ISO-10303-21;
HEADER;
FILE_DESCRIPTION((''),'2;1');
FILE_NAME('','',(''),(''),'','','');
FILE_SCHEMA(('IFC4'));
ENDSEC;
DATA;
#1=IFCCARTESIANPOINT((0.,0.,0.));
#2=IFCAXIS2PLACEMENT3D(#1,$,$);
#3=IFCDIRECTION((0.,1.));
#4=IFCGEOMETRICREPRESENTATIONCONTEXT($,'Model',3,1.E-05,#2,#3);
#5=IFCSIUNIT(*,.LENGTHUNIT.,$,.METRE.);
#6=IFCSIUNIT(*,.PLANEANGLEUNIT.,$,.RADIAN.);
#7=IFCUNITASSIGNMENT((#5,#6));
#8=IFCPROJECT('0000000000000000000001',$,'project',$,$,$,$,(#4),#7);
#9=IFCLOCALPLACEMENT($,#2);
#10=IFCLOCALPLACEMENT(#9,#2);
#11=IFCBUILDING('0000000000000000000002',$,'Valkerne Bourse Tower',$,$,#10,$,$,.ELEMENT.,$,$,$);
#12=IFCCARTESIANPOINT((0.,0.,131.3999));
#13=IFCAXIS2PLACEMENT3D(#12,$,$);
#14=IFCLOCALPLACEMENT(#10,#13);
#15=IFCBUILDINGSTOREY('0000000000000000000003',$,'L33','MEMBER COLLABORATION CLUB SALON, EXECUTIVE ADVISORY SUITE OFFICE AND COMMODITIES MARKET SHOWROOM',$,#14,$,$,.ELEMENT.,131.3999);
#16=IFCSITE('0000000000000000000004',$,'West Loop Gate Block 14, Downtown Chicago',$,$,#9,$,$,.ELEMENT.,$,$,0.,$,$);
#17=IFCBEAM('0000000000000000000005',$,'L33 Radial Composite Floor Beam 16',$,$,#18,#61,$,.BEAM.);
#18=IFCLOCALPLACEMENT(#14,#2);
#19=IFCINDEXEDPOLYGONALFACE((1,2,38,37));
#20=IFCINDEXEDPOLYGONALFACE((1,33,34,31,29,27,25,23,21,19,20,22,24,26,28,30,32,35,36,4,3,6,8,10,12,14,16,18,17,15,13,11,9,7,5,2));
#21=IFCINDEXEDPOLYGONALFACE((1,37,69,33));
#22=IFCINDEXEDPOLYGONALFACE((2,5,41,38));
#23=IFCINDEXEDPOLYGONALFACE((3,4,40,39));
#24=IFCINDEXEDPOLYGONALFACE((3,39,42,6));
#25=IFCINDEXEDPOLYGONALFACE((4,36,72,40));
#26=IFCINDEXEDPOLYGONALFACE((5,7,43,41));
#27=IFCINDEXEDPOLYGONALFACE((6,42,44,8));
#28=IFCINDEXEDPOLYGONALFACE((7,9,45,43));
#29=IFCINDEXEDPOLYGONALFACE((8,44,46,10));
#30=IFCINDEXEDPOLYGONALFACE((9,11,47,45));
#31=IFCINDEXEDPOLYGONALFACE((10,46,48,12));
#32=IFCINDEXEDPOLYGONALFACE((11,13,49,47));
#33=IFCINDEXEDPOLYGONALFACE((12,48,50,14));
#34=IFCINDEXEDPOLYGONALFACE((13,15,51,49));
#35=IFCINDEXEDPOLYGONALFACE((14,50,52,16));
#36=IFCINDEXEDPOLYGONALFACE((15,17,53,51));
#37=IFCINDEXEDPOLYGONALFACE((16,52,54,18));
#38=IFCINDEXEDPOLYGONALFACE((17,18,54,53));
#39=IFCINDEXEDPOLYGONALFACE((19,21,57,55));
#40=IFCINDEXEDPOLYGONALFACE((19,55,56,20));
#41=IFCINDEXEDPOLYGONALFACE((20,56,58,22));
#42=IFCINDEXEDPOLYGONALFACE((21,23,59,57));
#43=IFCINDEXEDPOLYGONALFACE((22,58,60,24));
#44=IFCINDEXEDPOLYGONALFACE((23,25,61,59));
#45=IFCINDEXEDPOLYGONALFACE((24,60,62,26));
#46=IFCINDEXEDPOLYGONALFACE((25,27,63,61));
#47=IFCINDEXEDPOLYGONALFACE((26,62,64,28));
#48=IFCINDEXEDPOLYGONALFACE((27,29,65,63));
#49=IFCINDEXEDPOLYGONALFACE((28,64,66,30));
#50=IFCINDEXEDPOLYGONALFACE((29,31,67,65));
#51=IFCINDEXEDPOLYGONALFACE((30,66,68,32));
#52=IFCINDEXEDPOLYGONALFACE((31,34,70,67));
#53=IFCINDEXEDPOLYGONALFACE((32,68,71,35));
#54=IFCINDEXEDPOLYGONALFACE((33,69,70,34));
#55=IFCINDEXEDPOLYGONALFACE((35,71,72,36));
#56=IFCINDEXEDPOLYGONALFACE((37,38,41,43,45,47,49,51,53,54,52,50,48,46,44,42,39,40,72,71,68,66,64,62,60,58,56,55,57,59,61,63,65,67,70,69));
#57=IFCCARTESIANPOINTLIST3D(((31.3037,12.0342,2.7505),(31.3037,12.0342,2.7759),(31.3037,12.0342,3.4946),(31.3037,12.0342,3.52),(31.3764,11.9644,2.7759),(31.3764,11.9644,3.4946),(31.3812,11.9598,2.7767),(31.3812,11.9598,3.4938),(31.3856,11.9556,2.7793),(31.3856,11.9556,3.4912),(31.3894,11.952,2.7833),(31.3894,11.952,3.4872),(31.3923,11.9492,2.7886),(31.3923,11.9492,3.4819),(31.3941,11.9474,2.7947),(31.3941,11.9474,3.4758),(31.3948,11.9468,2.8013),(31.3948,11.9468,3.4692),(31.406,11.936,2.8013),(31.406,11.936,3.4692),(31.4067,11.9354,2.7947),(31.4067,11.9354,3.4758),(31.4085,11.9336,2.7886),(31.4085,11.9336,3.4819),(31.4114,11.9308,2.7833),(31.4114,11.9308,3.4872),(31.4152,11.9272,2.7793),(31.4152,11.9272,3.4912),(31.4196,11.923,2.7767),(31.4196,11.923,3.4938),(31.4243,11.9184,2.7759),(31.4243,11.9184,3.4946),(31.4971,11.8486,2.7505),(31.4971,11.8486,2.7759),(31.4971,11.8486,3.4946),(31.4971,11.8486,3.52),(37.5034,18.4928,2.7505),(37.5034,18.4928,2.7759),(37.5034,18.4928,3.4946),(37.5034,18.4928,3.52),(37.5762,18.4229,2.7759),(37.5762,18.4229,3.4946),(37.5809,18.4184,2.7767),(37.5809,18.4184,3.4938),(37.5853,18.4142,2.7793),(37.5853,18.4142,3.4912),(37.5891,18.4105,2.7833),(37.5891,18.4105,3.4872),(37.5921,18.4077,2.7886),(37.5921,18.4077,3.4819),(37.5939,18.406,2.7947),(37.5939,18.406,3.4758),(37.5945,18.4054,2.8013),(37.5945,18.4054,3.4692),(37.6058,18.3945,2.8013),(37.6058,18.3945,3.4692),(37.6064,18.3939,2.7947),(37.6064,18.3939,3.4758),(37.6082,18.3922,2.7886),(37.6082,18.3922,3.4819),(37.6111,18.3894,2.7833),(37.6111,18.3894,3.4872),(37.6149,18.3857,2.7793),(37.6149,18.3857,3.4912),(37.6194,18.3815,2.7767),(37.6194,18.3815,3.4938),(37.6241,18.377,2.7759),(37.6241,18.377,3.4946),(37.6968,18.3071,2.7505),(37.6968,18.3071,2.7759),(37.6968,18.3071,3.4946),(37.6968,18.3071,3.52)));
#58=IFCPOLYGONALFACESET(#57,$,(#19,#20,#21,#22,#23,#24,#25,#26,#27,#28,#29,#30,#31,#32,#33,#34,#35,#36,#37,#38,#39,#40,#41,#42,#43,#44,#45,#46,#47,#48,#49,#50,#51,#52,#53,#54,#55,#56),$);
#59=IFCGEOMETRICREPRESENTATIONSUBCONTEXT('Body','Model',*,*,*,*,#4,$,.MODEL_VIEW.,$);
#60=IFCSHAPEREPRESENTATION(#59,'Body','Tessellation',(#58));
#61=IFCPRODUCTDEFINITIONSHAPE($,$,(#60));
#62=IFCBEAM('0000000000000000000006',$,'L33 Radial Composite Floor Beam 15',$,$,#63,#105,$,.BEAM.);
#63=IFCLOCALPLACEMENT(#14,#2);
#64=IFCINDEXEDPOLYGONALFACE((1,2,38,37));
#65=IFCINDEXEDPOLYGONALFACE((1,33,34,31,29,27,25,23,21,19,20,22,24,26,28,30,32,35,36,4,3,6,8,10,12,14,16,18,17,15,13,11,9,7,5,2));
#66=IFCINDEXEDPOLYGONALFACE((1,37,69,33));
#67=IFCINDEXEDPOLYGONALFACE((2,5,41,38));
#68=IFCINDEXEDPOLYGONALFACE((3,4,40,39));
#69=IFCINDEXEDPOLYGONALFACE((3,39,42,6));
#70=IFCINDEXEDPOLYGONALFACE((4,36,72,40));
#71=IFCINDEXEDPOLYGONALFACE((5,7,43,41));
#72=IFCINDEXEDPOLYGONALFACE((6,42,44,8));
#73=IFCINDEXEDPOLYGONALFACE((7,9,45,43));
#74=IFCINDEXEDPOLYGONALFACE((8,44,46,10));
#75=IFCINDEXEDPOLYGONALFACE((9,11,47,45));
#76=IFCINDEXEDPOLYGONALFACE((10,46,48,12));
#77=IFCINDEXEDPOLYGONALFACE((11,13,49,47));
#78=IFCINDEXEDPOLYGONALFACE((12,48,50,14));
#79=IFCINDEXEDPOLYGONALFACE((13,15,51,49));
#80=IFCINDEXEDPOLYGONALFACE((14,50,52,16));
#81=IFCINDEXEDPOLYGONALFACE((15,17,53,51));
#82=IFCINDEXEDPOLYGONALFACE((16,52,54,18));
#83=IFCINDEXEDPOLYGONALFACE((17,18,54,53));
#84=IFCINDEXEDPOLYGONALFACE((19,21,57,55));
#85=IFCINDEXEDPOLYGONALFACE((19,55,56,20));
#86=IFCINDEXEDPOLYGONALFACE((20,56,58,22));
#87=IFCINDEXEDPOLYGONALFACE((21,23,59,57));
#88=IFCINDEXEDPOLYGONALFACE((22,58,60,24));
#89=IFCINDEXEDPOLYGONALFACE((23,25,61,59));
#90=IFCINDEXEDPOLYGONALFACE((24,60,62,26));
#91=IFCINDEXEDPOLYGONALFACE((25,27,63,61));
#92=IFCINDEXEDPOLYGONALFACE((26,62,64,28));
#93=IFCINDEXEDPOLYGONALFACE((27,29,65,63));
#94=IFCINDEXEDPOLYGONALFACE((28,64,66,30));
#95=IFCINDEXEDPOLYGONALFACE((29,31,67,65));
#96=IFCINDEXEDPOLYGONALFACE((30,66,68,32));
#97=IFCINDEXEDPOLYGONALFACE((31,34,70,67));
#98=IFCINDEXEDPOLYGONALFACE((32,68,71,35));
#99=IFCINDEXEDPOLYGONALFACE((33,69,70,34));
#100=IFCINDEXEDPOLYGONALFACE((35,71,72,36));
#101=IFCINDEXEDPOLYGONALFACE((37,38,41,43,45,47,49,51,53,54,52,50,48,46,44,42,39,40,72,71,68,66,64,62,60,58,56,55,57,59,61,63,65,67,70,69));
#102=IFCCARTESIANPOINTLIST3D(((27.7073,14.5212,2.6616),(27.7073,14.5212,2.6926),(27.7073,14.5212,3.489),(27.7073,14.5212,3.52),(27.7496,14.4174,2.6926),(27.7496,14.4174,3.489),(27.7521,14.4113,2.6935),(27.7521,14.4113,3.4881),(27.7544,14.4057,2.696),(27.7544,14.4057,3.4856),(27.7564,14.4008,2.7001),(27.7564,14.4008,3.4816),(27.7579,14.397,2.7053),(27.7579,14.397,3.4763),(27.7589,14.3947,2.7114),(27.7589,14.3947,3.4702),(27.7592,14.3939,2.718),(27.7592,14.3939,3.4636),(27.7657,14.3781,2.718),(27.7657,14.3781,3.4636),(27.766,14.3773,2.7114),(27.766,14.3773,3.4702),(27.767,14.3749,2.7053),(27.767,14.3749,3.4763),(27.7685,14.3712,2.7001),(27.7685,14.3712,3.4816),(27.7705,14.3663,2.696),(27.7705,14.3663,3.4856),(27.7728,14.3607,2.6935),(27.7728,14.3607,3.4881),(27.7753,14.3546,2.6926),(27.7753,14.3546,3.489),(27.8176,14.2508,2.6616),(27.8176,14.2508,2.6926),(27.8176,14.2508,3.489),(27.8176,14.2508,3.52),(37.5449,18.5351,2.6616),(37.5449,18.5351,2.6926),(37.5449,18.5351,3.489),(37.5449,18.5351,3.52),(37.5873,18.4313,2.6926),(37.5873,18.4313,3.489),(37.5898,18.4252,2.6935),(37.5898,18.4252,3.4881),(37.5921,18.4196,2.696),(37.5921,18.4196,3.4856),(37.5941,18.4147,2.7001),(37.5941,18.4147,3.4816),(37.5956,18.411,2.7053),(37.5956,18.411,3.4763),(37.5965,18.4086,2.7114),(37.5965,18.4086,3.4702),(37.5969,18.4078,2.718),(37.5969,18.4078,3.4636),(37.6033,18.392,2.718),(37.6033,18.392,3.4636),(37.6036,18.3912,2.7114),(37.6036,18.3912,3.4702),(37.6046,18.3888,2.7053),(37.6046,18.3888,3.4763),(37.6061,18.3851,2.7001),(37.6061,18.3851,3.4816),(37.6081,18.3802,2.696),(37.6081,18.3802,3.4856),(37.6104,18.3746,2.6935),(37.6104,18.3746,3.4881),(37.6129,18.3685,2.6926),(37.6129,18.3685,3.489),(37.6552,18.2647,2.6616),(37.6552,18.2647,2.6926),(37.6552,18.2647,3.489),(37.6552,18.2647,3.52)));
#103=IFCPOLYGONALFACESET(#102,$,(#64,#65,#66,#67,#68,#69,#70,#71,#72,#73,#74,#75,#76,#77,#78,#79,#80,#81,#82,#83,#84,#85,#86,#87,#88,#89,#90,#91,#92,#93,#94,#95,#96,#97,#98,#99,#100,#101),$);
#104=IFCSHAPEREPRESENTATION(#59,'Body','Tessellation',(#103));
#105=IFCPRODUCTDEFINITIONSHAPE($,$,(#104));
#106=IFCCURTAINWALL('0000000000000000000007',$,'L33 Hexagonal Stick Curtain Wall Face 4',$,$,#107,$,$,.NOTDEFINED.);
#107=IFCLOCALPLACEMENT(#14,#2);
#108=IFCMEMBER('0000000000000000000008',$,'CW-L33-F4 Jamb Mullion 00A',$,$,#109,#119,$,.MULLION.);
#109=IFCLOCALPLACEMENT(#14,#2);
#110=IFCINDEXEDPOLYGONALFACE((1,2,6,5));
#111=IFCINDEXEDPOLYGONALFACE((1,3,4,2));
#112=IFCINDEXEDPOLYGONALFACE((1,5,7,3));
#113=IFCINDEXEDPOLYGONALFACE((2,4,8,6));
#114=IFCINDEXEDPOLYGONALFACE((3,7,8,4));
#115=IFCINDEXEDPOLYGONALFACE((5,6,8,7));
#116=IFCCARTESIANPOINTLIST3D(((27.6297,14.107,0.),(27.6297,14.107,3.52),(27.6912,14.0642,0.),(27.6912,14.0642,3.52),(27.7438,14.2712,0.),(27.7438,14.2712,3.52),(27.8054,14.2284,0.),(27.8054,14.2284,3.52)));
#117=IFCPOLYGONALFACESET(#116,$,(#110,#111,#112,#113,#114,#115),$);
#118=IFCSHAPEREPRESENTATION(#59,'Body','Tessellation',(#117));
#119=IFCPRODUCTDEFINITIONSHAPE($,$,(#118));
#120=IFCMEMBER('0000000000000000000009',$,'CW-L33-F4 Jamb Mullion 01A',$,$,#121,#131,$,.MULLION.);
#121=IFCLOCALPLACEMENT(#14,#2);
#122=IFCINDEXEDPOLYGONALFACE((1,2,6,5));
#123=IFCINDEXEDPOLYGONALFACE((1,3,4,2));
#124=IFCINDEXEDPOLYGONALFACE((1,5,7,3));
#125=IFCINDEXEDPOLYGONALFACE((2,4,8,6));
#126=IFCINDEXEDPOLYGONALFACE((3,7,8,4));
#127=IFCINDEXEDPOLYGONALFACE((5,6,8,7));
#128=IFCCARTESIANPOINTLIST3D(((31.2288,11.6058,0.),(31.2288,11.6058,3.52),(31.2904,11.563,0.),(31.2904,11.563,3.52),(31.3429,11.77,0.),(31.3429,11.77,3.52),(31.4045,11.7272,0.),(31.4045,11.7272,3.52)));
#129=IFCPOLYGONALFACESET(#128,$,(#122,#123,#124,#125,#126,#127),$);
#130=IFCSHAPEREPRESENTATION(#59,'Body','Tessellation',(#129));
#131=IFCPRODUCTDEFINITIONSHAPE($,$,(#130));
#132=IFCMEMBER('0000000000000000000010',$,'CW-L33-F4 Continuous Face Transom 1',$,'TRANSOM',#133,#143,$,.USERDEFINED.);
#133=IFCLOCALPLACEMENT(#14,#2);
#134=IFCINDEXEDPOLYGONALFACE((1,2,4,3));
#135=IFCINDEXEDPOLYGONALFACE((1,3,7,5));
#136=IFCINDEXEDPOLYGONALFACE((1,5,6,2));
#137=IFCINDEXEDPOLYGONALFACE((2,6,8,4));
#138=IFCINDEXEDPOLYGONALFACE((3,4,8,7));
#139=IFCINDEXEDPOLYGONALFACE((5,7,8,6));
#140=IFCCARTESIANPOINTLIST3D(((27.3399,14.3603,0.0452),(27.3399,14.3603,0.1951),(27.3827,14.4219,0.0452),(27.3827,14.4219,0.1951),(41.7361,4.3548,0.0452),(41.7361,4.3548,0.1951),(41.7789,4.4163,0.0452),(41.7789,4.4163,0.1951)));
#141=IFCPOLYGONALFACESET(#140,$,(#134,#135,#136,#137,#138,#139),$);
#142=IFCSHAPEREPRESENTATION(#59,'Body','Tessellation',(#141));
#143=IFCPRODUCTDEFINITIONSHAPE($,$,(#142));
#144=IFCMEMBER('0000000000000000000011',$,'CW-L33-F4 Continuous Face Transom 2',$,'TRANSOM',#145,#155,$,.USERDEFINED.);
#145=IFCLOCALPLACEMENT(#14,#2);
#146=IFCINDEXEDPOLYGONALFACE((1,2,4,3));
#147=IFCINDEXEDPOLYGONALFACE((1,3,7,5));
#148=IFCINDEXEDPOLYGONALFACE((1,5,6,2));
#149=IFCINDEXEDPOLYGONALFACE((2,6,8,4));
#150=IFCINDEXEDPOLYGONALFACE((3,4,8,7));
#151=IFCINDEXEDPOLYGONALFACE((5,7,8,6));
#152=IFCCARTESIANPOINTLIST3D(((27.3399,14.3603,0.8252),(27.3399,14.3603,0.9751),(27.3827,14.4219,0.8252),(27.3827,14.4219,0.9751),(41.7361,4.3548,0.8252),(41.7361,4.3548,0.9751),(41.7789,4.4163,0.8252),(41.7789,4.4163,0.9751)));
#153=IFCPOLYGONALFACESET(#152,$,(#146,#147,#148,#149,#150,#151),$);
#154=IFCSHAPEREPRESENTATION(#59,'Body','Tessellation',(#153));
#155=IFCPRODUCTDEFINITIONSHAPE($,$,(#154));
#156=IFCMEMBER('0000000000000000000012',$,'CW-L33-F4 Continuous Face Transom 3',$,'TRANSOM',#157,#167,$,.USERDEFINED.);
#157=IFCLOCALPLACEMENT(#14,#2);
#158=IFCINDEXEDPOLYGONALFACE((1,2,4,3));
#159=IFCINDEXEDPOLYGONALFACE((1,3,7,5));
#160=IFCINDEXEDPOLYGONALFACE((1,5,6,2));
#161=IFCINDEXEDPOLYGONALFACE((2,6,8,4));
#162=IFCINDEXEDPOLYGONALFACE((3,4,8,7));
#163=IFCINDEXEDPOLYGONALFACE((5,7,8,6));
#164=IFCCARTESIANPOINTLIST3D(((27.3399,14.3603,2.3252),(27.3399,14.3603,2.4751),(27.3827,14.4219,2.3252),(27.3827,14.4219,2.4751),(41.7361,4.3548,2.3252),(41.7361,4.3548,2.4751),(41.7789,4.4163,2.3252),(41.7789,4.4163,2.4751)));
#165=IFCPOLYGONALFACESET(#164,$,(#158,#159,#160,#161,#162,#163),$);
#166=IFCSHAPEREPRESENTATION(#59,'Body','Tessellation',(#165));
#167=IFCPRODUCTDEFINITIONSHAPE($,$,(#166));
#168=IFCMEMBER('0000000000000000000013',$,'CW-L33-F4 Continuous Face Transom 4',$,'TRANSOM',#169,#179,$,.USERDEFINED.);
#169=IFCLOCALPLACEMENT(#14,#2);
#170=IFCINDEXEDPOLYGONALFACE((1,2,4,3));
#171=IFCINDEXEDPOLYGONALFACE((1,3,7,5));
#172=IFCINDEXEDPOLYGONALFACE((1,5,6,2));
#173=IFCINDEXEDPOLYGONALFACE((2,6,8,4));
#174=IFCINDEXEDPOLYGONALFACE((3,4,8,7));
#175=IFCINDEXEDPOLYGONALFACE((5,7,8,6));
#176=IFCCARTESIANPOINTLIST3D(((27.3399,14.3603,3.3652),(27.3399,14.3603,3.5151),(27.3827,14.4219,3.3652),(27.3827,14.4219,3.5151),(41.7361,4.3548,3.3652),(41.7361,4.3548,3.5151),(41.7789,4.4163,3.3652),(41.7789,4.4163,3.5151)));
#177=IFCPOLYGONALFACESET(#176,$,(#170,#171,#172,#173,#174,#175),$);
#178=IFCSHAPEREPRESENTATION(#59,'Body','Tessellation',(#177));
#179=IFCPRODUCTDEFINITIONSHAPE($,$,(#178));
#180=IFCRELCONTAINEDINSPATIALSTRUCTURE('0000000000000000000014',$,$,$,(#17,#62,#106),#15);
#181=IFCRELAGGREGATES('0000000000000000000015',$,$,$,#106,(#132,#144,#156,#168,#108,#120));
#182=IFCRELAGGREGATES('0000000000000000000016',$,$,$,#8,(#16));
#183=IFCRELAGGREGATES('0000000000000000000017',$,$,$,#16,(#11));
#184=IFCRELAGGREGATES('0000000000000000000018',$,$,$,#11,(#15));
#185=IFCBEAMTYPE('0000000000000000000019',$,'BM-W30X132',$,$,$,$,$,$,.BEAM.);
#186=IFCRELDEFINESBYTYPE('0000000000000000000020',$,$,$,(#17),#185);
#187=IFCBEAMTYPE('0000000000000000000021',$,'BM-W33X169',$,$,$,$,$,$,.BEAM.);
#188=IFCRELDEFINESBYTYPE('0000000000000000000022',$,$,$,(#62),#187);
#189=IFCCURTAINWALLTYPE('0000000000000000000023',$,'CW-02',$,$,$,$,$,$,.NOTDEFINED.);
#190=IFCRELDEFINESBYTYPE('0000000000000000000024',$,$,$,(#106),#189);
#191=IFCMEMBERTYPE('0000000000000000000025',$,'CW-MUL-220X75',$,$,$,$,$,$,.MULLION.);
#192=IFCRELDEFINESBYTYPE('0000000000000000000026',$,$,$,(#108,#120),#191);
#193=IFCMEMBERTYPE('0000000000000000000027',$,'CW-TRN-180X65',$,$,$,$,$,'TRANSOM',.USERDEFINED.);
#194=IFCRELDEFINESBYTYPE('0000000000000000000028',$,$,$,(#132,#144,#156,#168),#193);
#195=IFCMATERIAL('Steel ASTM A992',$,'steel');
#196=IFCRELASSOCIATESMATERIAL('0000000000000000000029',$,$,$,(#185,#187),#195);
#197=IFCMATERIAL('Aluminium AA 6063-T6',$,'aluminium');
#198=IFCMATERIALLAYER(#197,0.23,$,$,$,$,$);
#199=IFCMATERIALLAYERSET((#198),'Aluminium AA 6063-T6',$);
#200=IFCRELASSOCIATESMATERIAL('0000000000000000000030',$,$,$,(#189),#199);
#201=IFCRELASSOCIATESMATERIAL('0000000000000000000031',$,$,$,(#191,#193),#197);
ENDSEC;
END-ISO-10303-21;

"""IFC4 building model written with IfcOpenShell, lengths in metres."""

from ifc_helpers import new_model, si_unit, direction, frame, origin, origin_2d, place, context, subcontext, project, spatial, rectangle, i_section, extrude, material, layer, layer_set, material_profile, profile_set, type_object, element, aggregate, save


model = new_model("IFC4")

# Units and contexts
model_context = context("Model", 3, precision=1e-05, world=origin(), true_north=direction((0.0, 1.0)))
body_context = subcontext(model_context, "Body", "Model", "MODEL_VIEW")
ifc_project = project(units=[si_unit("LENGTHUNIT", "METRE"), si_unit("PLANEANGLEUNIT", "RADIAN")], contexts=[model_context])

# Site, building, storey
site_placement = place(None, origin())
site = spatial("IfcSite", under=ifc_project, at=site_placement, Name="West Loop Gate Block 14, Downtown Chicago", CompositionType="ELEMENT", RefElevation=0.0)
building_placement = place(site_placement, origin())
building = spatial("IfcBuilding", under=site, at=building_placement, Name="Valkerne Bourse Tower", CompositionType="ELEMENT")
storey_placement = place(building_placement, frame((0.0, 0.0, 131.3999)))
storey = spatial("IfcBuildingStorey", under=building, at=storey_placement, Name="L33", Description="MEMBER COLLABORATION CLUB SALON, EXECUTIVE ADVISORY SUITE OFFICE AND COMMODITIES MARKET SHOWROOM", CompositionType="ELEMENT", Elevation=131.3999)

# Beams
ifc_material_1 = material(Name="Steel ASTM A992", Category="steel")
ifc_material_profile_1 = material_profile(ifc_material_1, i_section(OverallWidth=0.2681, OverallDepth=0.7695, WebThickness=0.0156, FlangeThickness=0.0254, FilletRadius=0.0254, at=origin_2d()), Name="W30X132")
ifc_profile_set_1 = profile_set([ifc_material_profile_1], Name="Steel ASTM A992")
beam_type_1 = type_object("IfcBeamType", Name="BM-W30X132", PredefinedType="BEAM", material=ifc_profile_set_1)
beam_1_placement = place(storey_placement, frame((31.4004, 11.9414, 3.1353), z_axis=(0.692506, 0.721412, 0.0), x_axis=(-0.721412, 0.692506, 0.0)))
element("IfcBeam", 1, at=beam_1_placement, inside=storey, type_object=beam_type_1, Name="L33 Radial Composite Floor Beam 16", PredefinedType="BEAM", context=body_context, shape_type="SweptSolid", body=[
    extrude(i_section(OverallWidth=0.2681, OverallDepth=0.7695, WebThickness=0.0156, FlangeThickness=0.0254, FilletRadius=0.0254, at=origin_2d()), origin(), (0.0, 0.0, 1.0), 8.9526),
])
ifc_material_profile_2 = material_profile(ifc_material_1, i_section(OverallWidth=0.292, OverallDepth=0.8584, WebThickness=0.0171, FlangeThickness=0.031, FilletRadius=0.0254, at=origin_2d()), Name="W33X169")
ifc_profile_set_2 = profile_set([ifc_material_profile_2], Name="Steel ASTM A992")
beam_type_2 = type_object("IfcBeamType", Name="BM-W33X169", PredefinedType="BEAM", material=ifc_profile_set_2)
beam_2_placement = place(storey_placement, frame((27.7625, 14.386, 3.0908), z_axis=(0.925895, 0.37778, 0.0), x_axis=(-0.37778, 0.925895, 0.0)))
element("IfcBeam", 2, at=beam_2_placement, inside=storey, type_object=beam_type_2, Name="L33 Radial Composite Floor Beam 15", PredefinedType="BEAM", context=body_context, shape_type="SweptSolid", body=[
    extrude(i_section(OverallWidth=0.292, OverallDepth=0.8584, WebThickness=0.0171, FlangeThickness=0.031, FilletRadius=0.0254, at=origin_2d()), origin(), (0.0, 0.0, 1.0), 10.625),
])

# Curtain wall, members
ifc_material_2 = material(Name="Aluminium AA 6063-T6", Category="aluminium")
ifc_layer_1 = layer(ifc_material_2, 0.23)
ifc_layer_set_1 = layer_set([ifc_layer_1], Name="Aluminium AA 6063-T6")
curtain_wall_type = type_object("IfcCurtainWallType", Name="CW-02", PredefinedType="NOTDEFINED", material=ifc_layer_set_1)
curtain_wall_placement = place(storey_placement, origin())
curtain_wall = element("IfcCurtainWall", 3, at=curtain_wall_placement, inside=storey, type_object=curtain_wall_type, Name="L33 Hexagonal Stick Curtain Wall Face 4", PredefinedType="NOTDEFINED")
ifc_material_profile_3 = material_profile(ifc_material_2, rectangle(XDim=0.075, YDim=0.2, at=origin_2d()), Name="CWM-75X200")
ifc_profile_set_3 = profile_set([ifc_material_profile_3], Name="Aluminium AA 6063-T6")
member_type_1 = type_object("IfcMemberType", Name="CW-MUL-220X75", PredefinedType="MULLION", material=ifc_profile_set_3)
member_1_placement = place(storey_placement, frame((27.7175, 14.1677, 0.0), z_axis=(0.0, 0.0, 1.0), x_axis=(0.821153, -0.570707, 0.0)))
member_1 = element("IfcMember", 4, at=member_1_placement, type_object=member_type_1, Name="CW-L33-F4 Jamb Mullion 00A", PredefinedType="MULLION", context=body_context, shape_type="SweptSolid", body=[
    extrude(rectangle(XDim=0.075, YDim=0.2, at=origin_2d()), origin(), (0.0, 0.0, 1.0), 3.52),
])
member_2_placement = place(storey_placement, frame((31.3167, 11.6665, 0.0), z_axis=(0.0, 0.0, 1.0), x_axis=(0.821143, -0.570723, 0.0)))
member_2 = element("IfcMember", 5, at=member_2_placement, type_object=member_type_1, Name="CW-L33-F4 Jamb Mullion 01A", PredefinedType="MULLION", context=body_context, shape_type="SweptSolid", body=[
    extrude(rectangle(XDim=0.075, YDim=0.2, at=origin_2d()), origin(), (0.0, 0.0, 1.0), 3.52),
])
ifc_material_profile_4 = material_profile(ifc_material_2, rectangle(XDim=0.075, YDim=0.1499, at=origin_2d()), Name="CWT-75X150")
ifc_profile_set_4 = profile_set([ifc_material_profile_4], Name="Aluminium AA 6063-T6")
member_type_2 = type_object("IfcMemberType", Name="CW-TRN-180X65", ElementType="TRANSOM", PredefinedType="USERDEFINED", material=ifc_profile_set_4)
member_3_placement = place(storey_placement, frame((27.3613, 14.3911, 0.1201), z_axis=(0.82115, -0.570712, 0.0), x_axis=(0.570712, 0.82115, 0.0)))
member_3 = element("IfcMember", 6, at=member_3_placement, type_object=member_type_2, Name="CW-L33-F4 Continuous Face Transom 1", ObjectType="TRANSOM", PredefinedType="USERDEFINED", context=body_context, shape_type="SweptSolid", body=[
    extrude(rectangle(XDim=0.075, YDim=0.1499, at=origin_2d()), origin(), (0.0, 0.0, 1.0), 17.5317),
])
member_4_placement = place(storey_placement, frame((27.3613, 14.3911, 0.9001), z_axis=(0.82115, -0.570712, 0.0), x_axis=(0.570712, 0.82115, 0.0)))
member_4 = element("IfcMember", 7, at=member_4_placement, type_object=member_type_2, Name="CW-L33-F4 Continuous Face Transom 2", ObjectType="TRANSOM", PredefinedType="USERDEFINED", context=body_context, shape_type="SweptSolid", body=[
    extrude(rectangle(XDim=0.075, YDim=0.1499, at=origin_2d()), origin(), (0.0, 0.0, 1.0), 17.5317),
])
member_5_placement = place(storey_placement, frame((27.3613, 14.3911, 2.4001), z_axis=(0.82115, -0.570712, 0.0), x_axis=(0.570712, 0.82115, 0.0)))
member_5 = element("IfcMember", 8, at=member_5_placement, type_object=member_type_2, Name="CW-L33-F4 Continuous Face Transom 3", ObjectType="TRANSOM", PredefinedType="USERDEFINED", context=body_context, shape_type="SweptSolid", body=[
    extrude(rectangle(XDim=0.075, YDim=0.1499, at=origin_2d()), origin(), (0.0, 0.0, 1.0), 17.5317),
])
member_6_placement = place(storey_placement, frame((27.3613, 14.3911, 3.4402), z_axis=(0.82115, -0.570712, 0.0), x_axis=(0.570712, 0.82115, 0.0)))
member_6 = element("IfcMember", 9, at=member_6_placement, type_object=member_type_2, Name="CW-L33-F4 Continuous Face Transom 4", ObjectType="TRANSOM", PredefinedType="USERDEFINED", context=body_context, shape_type="SweptSolid", body=[
    extrude(rectangle(XDim=0.075, YDim=0.1499, at=origin_2d()), origin(), (0.0, 0.0, 1.0), 17.5317),
])

aggregate(curtain_wall, [member_3, member_4, member_5, member_6, member_1, member_2])

save(model, "model.ifc")
